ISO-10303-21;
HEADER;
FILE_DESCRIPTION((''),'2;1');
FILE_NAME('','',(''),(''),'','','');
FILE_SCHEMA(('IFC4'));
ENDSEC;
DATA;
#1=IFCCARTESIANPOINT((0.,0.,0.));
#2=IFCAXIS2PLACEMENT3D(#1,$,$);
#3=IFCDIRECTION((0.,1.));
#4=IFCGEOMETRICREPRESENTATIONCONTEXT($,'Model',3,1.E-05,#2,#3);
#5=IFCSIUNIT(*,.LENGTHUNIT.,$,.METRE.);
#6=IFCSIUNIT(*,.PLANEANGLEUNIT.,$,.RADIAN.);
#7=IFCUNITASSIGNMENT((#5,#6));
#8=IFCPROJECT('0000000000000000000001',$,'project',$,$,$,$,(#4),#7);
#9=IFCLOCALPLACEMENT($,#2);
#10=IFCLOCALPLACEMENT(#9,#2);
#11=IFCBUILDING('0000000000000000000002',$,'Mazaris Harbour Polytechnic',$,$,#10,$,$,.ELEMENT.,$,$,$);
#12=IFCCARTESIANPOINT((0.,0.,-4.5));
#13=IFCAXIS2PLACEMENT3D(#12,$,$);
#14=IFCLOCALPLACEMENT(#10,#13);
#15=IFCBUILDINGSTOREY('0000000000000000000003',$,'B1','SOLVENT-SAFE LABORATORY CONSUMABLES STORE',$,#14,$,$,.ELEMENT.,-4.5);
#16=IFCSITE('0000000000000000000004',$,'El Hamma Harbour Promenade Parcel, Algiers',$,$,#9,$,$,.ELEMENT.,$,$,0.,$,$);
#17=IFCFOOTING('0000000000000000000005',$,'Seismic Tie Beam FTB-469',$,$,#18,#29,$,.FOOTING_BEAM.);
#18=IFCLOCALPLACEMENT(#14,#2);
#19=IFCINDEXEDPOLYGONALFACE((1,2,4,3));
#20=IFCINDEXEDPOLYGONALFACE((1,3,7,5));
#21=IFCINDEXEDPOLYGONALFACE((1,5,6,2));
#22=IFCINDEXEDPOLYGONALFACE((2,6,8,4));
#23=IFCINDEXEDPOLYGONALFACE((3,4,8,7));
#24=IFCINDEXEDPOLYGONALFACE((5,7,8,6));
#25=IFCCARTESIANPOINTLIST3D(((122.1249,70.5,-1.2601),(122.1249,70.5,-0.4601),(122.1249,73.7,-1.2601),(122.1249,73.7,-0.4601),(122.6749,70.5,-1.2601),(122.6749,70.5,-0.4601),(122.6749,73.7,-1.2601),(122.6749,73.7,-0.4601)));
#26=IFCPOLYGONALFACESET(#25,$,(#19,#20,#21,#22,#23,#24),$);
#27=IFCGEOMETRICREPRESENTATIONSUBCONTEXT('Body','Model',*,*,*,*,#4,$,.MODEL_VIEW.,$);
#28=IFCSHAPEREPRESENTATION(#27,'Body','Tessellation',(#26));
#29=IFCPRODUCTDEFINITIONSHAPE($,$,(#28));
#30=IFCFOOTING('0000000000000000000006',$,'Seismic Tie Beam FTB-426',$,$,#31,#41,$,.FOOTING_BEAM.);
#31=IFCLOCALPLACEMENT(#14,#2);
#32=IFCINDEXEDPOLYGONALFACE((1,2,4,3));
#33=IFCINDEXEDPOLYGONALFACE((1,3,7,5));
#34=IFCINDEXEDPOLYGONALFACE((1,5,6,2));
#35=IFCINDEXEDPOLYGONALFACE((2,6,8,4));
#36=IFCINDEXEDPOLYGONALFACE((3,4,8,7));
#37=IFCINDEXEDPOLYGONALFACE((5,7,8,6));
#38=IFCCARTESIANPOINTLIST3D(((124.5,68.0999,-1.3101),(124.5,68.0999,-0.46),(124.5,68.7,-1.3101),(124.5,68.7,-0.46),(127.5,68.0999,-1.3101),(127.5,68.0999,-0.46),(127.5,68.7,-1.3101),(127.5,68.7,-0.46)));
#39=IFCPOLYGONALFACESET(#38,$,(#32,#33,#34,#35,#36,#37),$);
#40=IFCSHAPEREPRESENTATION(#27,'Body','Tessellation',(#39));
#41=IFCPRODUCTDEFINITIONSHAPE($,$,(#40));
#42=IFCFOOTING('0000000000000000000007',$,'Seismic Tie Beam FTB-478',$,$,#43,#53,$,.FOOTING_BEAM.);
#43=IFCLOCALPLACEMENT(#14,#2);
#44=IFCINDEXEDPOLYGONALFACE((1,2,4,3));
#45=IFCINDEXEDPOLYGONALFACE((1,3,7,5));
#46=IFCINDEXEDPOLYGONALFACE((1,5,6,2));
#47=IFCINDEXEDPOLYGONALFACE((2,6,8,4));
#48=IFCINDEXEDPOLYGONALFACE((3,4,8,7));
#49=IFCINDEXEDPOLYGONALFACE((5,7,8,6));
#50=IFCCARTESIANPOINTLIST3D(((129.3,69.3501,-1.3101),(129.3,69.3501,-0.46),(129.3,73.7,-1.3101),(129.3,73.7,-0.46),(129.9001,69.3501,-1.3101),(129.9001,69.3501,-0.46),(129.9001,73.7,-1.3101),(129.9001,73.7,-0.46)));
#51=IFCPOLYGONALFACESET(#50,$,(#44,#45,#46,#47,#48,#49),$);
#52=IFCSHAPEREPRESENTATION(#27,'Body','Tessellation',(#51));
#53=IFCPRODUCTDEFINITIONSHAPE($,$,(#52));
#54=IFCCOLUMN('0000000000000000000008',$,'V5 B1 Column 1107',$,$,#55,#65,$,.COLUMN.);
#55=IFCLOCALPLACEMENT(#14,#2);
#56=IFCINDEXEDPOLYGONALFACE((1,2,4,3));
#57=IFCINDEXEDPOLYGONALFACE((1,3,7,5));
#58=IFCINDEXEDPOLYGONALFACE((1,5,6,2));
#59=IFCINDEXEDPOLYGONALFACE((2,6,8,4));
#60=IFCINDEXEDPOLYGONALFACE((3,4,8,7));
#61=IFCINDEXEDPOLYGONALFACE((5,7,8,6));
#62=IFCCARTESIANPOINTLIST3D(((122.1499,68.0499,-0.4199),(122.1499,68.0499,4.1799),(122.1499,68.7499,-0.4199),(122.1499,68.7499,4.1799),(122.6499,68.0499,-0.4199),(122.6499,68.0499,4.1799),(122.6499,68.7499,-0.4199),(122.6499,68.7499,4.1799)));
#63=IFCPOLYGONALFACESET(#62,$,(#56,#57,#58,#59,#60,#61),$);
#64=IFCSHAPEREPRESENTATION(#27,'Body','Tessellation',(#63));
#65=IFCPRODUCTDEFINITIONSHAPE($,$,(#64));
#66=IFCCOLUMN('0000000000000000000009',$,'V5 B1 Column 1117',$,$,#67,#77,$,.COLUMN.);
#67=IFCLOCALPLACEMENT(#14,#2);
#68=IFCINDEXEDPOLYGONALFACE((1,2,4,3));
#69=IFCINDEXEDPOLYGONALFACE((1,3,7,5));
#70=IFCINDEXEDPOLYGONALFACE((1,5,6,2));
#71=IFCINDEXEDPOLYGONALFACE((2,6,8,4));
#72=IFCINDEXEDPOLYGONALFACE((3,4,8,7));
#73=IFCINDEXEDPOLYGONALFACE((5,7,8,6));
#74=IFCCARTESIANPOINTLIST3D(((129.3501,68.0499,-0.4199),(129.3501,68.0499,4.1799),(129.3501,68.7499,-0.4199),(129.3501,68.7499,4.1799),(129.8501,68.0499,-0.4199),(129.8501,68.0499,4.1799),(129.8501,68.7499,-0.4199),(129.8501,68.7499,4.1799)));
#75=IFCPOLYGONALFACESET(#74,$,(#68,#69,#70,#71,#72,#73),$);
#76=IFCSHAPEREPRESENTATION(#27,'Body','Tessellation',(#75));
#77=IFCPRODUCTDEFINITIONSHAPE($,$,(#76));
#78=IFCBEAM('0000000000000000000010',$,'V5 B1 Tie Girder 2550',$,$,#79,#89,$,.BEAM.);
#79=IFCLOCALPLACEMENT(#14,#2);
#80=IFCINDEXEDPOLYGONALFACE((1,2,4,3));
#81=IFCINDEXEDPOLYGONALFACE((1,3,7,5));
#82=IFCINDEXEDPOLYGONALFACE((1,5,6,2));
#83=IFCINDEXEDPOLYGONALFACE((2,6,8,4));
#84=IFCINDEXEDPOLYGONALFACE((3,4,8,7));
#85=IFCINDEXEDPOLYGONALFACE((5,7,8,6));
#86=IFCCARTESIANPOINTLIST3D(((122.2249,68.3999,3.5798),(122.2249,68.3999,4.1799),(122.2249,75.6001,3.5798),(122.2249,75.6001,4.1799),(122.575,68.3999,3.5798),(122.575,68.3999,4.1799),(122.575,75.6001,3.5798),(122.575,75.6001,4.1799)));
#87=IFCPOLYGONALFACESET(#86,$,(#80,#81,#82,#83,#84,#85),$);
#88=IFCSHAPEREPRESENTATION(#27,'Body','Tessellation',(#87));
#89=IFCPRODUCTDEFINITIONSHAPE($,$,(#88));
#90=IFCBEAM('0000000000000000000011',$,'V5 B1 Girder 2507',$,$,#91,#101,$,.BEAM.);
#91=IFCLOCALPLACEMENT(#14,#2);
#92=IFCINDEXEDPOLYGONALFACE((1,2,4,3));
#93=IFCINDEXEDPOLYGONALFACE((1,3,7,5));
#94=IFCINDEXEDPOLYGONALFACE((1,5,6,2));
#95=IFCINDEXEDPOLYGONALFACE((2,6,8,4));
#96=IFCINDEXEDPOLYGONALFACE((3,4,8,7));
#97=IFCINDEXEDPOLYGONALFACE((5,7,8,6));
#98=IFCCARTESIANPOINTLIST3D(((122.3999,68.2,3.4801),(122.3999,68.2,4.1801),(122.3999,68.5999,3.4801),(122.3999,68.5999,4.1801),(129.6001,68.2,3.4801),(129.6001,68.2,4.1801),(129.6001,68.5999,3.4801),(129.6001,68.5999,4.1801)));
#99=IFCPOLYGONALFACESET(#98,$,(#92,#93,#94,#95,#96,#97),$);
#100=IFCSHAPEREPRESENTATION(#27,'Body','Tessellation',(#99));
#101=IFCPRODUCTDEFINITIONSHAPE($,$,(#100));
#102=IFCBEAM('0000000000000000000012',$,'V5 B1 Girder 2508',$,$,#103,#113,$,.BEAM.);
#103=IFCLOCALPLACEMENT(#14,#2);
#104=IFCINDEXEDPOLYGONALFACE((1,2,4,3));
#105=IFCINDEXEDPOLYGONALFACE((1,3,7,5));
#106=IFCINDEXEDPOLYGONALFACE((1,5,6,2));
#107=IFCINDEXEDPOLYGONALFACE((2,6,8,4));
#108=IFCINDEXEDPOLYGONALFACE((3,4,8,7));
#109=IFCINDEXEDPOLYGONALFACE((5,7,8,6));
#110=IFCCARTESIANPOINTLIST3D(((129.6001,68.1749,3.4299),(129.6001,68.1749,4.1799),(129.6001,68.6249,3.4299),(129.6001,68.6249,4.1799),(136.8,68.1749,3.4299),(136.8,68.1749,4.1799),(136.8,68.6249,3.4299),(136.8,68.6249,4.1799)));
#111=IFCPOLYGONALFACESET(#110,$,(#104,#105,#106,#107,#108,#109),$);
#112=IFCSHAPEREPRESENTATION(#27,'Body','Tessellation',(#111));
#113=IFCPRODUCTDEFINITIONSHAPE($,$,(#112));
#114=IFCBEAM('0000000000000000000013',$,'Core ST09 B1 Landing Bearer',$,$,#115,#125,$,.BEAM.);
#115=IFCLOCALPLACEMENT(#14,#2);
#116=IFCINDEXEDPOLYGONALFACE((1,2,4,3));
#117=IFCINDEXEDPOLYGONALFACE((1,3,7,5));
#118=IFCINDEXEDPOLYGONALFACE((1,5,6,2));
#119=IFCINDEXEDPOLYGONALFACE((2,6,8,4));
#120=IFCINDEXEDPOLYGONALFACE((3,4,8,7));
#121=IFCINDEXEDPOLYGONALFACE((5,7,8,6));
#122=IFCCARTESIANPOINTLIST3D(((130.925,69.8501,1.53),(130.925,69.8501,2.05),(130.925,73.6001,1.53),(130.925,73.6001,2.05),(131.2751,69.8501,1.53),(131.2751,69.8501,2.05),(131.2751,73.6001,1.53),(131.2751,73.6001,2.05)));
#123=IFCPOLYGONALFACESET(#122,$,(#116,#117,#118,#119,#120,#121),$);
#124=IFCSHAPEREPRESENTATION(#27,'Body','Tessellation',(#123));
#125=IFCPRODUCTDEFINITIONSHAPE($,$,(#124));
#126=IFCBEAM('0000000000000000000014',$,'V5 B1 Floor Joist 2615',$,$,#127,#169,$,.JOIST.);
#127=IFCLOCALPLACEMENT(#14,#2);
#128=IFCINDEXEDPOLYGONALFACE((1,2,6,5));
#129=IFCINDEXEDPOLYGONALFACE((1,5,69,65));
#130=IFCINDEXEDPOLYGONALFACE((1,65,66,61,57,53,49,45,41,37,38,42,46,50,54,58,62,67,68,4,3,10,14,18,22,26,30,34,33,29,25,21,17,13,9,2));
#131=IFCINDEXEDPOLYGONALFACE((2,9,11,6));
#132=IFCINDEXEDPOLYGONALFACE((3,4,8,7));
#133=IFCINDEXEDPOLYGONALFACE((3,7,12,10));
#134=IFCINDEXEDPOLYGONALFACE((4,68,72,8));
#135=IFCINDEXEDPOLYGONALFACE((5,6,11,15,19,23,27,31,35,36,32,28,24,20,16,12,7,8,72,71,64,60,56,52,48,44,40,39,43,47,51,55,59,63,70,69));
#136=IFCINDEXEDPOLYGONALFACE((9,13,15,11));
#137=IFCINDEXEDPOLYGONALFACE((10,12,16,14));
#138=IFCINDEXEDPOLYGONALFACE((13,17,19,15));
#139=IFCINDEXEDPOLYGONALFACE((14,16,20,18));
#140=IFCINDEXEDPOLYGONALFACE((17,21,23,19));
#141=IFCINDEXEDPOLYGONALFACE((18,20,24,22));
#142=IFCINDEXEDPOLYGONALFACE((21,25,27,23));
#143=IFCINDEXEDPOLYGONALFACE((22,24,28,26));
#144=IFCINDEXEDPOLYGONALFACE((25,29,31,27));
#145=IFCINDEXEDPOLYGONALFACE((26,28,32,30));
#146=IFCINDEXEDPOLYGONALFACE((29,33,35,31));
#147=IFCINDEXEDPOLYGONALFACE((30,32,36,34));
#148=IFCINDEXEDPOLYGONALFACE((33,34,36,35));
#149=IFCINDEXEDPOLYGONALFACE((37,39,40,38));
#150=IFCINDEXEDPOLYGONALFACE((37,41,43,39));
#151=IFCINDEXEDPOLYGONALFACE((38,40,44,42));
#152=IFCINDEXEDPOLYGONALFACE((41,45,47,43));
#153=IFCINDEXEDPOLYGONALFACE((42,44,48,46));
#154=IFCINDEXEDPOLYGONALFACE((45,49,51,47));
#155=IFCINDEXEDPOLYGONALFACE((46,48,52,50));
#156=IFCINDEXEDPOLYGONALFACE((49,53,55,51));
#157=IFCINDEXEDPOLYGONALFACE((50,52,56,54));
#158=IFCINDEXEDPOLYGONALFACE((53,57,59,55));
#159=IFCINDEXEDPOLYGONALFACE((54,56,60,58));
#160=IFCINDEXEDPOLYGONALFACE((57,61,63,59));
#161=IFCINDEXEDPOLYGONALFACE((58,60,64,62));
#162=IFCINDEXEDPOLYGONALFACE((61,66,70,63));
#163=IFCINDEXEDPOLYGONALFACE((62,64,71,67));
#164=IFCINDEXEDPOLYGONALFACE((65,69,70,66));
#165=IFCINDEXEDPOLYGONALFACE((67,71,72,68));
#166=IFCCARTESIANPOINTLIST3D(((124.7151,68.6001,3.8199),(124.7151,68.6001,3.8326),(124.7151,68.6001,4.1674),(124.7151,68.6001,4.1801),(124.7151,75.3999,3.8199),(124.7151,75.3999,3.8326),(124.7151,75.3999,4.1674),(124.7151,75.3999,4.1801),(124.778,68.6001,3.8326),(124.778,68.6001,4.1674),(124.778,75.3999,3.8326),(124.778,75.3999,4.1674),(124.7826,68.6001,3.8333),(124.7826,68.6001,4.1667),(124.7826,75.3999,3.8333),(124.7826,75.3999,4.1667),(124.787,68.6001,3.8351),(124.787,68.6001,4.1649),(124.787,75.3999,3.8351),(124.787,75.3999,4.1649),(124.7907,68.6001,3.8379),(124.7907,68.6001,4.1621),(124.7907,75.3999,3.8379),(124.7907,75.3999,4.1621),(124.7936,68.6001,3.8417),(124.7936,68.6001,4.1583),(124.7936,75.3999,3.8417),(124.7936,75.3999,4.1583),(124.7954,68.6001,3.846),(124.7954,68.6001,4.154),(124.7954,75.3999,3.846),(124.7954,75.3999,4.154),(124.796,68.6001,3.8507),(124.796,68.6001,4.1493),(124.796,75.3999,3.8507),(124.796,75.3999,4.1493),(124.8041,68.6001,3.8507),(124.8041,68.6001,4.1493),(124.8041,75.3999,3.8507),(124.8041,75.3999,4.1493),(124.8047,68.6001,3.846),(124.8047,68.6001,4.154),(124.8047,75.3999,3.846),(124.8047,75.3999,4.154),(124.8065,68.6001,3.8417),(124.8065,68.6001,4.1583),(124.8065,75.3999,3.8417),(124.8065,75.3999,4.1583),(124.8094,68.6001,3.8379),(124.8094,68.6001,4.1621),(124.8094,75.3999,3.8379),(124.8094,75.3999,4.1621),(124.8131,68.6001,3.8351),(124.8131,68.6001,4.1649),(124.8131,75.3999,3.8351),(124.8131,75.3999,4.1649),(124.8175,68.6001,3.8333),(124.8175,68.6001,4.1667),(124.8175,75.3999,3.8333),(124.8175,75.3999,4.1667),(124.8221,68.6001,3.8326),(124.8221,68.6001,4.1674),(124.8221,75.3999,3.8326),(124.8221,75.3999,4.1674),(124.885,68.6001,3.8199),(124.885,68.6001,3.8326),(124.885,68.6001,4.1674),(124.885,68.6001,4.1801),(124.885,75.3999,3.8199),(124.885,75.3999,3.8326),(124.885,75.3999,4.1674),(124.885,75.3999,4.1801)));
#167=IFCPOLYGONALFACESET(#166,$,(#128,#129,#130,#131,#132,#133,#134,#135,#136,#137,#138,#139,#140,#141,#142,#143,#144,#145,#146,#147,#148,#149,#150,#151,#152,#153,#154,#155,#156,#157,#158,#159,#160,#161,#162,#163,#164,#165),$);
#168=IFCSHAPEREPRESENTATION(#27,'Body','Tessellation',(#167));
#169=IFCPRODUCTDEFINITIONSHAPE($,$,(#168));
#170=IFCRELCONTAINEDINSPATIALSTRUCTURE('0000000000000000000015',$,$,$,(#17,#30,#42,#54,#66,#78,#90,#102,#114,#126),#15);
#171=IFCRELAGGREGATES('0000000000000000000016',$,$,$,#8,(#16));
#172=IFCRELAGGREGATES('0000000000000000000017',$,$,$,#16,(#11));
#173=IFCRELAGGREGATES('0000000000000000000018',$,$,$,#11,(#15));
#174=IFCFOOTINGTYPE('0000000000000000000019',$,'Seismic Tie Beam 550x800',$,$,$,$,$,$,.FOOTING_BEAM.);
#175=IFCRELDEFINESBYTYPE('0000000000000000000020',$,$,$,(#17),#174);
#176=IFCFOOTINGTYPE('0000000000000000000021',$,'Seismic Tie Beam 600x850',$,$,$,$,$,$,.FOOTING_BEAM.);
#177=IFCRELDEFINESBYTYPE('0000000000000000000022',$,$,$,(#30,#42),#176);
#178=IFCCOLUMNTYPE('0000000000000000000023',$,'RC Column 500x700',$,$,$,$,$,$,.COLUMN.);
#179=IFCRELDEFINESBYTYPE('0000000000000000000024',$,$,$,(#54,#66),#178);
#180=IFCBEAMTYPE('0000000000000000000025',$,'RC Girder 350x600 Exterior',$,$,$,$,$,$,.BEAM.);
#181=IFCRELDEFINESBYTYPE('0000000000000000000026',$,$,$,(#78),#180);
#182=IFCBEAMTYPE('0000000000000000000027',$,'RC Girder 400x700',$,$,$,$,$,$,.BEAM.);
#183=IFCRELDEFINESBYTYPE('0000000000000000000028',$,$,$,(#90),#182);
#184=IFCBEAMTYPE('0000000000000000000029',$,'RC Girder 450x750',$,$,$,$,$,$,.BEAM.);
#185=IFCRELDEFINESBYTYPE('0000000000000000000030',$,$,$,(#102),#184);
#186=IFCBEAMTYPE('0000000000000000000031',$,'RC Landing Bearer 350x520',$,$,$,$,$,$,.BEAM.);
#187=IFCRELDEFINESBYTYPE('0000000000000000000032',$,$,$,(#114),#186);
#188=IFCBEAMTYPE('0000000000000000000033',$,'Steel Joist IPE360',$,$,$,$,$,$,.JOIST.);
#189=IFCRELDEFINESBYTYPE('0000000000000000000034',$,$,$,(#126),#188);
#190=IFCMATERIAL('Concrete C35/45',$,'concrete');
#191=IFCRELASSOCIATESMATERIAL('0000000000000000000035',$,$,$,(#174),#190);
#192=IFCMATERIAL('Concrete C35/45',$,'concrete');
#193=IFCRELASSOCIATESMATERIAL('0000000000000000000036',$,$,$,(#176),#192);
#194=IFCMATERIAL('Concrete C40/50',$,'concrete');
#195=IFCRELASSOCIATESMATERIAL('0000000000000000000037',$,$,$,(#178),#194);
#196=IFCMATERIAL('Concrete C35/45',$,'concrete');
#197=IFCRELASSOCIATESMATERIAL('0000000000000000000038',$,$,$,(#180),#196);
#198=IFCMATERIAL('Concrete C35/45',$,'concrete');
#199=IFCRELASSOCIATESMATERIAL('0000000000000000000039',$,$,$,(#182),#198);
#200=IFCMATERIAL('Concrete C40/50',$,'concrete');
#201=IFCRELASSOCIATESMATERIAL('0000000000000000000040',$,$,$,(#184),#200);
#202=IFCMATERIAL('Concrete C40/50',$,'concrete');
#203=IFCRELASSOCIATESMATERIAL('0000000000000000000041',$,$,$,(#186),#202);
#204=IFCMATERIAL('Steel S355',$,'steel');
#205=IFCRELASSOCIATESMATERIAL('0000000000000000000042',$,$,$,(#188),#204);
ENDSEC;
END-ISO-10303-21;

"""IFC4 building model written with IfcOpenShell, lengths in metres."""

from ifc_helpers import new_model, si_unit, direction, frame, origin, origin_2d, place, context, subcontext, project, spatial, rectangle, i_section, extrude, material, material_profile, profile_set, type_object, element, save


model = new_model("IFC4")

# Units and contexts
model_context = context("Model", 3, precision=1e-05, world=origin(), true_north=direction((0.0, 1.0)))
body_context = subcontext(model_context, "Body", "Model", "MODEL_VIEW")
ifc_project = project(units=[si_unit("LENGTHUNIT", "METRE"), si_unit("PLANEANGLEUNIT", "RADIAN")], contexts=[model_context])

# Site, building, storey
site_placement = place(None, origin())
site = spatial("IfcSite", under=ifc_project, at=site_placement, Name="El Hamma Harbour Promenade Parcel, Algiers", CompositionType="ELEMENT", RefElevation=0.0)
building_placement = place(site_placement, origin())
building = spatial("IfcBuilding", under=site, at=building_placement, Name="Mazaris Harbour Polytechnic", CompositionType="ELEMENT")
storey_placement = place(building_placement, frame((0.0, 0.0, -4.5)))
storey = spatial("IfcBuildingStorey", under=building, at=storey_placement, Name="B1", Description="SOLVENT-SAFE LABORATORY CONSUMABLES STORE", CompositionType="ELEMENT", Elevation=-4.5)

# Footings
ifc_material_1 = material(Name="Concrete C35/45", Category="concrete")
ifc_material_profile_1 = material_profile(ifc_material_1, rectangle(XDim=0.55, YDim=0.8, at=origin_2d()), Name="RECT550x800")
ifc_profile_set_1 = profile_set([ifc_material_profile_1], Name="Concrete C35/45")
footing_type_1 = type_object("IfcFootingType", Name="Seismic Tie Beam 550x800", PredefinedType="FOOTING_BEAM", material=ifc_profile_set_1)
footing_1_placement = place(storey_placement, frame((122.3999, 70.5, -0.8601), z_axis=(0.0, 1.0, 0.0), x_axis=(-1.0, 0.0, 0.0)))
element("IfcFooting", 1, at=footing_1_placement, inside=storey, type_object=footing_type_1, Name="Seismic Tie Beam FTB-469", PredefinedType="FOOTING_BEAM", context=body_context, shape_type="SweptSolid", body=[
    extrude(rectangle(XDim=0.55, YDim=0.8, at=origin_2d()), origin(), (0.0, 0.0, 1.0), 3.2),
])
ifc_material_2 = material(Name="Concrete C35/45", Category="concrete")
ifc_material_profile_2 = material_profile(ifc_material_2, rectangle(XDim=0.6001, YDim=0.8501, at=origin_2d()), Name="RECT600x850")
ifc_profile_set_2 = profile_set([ifc_material_profile_2], Name="Concrete C35/45")
footing_type_2 = type_object("IfcFootingType", Name="Seismic Tie Beam 600x850", PredefinedType="FOOTING_BEAM", material=ifc_profile_set_2)
footing_2_placement = place(storey_placement, frame((124.5, 68.3999, -0.885), z_axis=(1.0, 0.0, 0.0), x_axis=(0.0, 1.0, 0.0)))
element("IfcFooting", 2, at=footing_2_placement, inside=storey, type_object=footing_type_2, Name="Seismic Tie Beam FTB-426", PredefinedType="FOOTING_BEAM", context=body_context, shape_type="SweptSolid", body=[
    extrude(rectangle(XDim=0.6001, YDim=0.8501, at=origin_2d()), origin(), (0.0, 0.0, 1.0), 3.0),
])
footing_3_placement = place(storey_placement, frame((129.6001, 69.3501, -0.885), z_axis=(0.0, 1.0, 0.0), x_axis=(-1.0, 0.0, 0.0)))
element("IfcFooting", 3, at=footing_3_placement, inside=storey, type_object=footing_type_2, Name="Seismic Tie Beam FTB-478", PredefinedType="FOOTING_BEAM", context=body_context, shape_type="SweptSolid", body=[
    extrude(rectangle(XDim=0.6001, YDim=0.8501, at=origin_2d()), origin(), (0.0, 0.0, 1.0), 4.3499),
])

# Columns
ifc_material_3 = material(Name="Concrete C40/50", Category="concrete")
ifc_material_profile_3 = material_profile(ifc_material_3, rectangle(XDim=0.5, YDim=0.7, at=origin_2d()), Name="RECT500x700")
ifc_profile_set_3 = profile_set([ifc_material_profile_3], Name="Concrete C40/50")
column_type = type_object("IfcColumnType", Name="RC Column 500x700", PredefinedType="COLUMN", material=ifc_profile_set_3)
for number, where, z_axis, x_axis, name in (
    (4, (122.3999, 68.3999, -0.4199), (0.0, 0.0, 1.0), (1.0, 0.0, 0.0), "V5 B1 Column 1107"),
    (5, (129.6001, 68.3999, -0.4199), (0.0, 0.0, 1.0), (1.0, 0.0, 0.0), "V5 B1 Column 1117"),
):
    element("IfcColumn", number, at=place(storey_placement, frame(where, z_axis=z_axis, x_axis=x_axis)), inside=storey, type_object=column_type, Name=name, PredefinedType="COLUMN", context=body_context, shape_type="SweptSolid", body=[
        extrude(rectangle(XDim=0.5, YDim=0.7, at=origin_2d()), origin(), (0.0, 0.0, 1.0), 4.5999),
    ])

# Beams
ifc_material_4 = material(Name="Concrete C35/45", Category="concrete")
ifc_material_profile_4 = material_profile(ifc_material_4, rectangle(XDim=0.3501, YDim=0.6001, at=origin_2d()), Name="RECT350x600")
ifc_profile_set_4 = profile_set([ifc_material_profile_4], Name="Concrete C35/45")
beam_type_1 = type_object("IfcBeamType", Name="RC Girder 350x600 Exterior", PredefinedType="BEAM", material=ifc_profile_set_4)
beam_1_placement = place(storey_placement, frame((122.3999, 68.3999, 3.8799), z_axis=(0.0, 1.0, 0.0), x_axis=(-1.0, 0.0, 0.0)))
element("IfcBeam", 6, at=beam_1_placement, inside=storey, type_object=beam_type_1, Name="V5 B1 Tie Girder 2550", PredefinedType="BEAM", context=body_context, shape_type="SweptSolid", body=[
    extrude(rectangle(XDim=0.3501, YDim=0.6001, at=origin_2d()), origin(), (0.0, 0.0, 1.0), 7.2002),
])
ifc_material_5 = material(Name="Concrete C35/45", Category="concrete")
ifc_material_profile_5 = material_profile(ifc_material_5, rectangle(XDim=0.3999, YDim=0.7, at=origin_2d()), Name="RECT400x700")
ifc_profile_set_5 = profile_set([ifc_material_profile_5], Name="Concrete C35/45")
beam_type_2 = type_object("IfcBeamType", Name="RC Girder 400x700", PredefinedType="BEAM", material=ifc_profile_set_5)
beam_2_placement = place(storey_placement, frame((122.3999, 68.3999, 3.8301), z_axis=(1.0, 0.0, 0.0), x_axis=(0.0, 1.0, 0.0)))
element("IfcBeam", 7, at=beam_2_placement, inside=storey, type_object=beam_type_2, Name="V5 B1 Girder 2507", PredefinedType="BEAM", context=body_context, shape_type="SweptSolid", body=[
    extrude(rectangle(XDim=0.3999, YDim=0.7, at=origin_2d()), origin(), (0.0, 0.0, 1.0), 7.2002),
])
ifc_material_6 = material(Name="Concrete C40/50", Category="concrete")
ifc_material_profile_6 = material_profile(ifc_material_6, rectangle(XDim=0.45, YDim=0.75, at=origin_2d()), Name="RECT450x750")
ifc_profile_set_6 = profile_set([ifc_material_profile_6], Name="Concrete C40/50")
beam_type_3 = type_object("IfcBeamType", Name="RC Girder 450x750", PredefinedType="BEAM", material=ifc_profile_set_6)
beam_3_placement = place(storey_placement, frame((129.6001, 68.3999, 3.8049), z_axis=(1.0, 0.0, 0.0), x_axis=(0.0, 1.0, 0.0)))
element("IfcBeam", 8, at=beam_3_placement, inside=storey, type_object=beam_type_3, Name="V5 B1 Girder 2508", PredefinedType="BEAM", context=body_context, shape_type="SweptSolid", body=[
    extrude(rectangle(XDim=0.45, YDim=0.75, at=origin_2d()), origin(), (0.0, 0.0, 1.0), 7.2),
])
ifc_material_7 = material(Name="Concrete C40/50", Category="concrete")
ifc_material_profile_7 = material_profile(ifc_material_7, rectangle(XDim=0.3501, YDim=0.52, at=origin_2d()), Name="RECT350x520")
ifc_profile_set_7 = profile_set([ifc_material_profile_7], Name="Concrete C40/50")
beam_type_4 = type_object("IfcBeamType", Name="RC Landing Bearer 350x520", PredefinedType="BEAM", material=ifc_profile_set_7)
beam_4_placement = place(storey_placement, frame((131.1001, 69.8501, 1.79), z_axis=(0.0, 1.0, 0.0), x_axis=(-1.0, 0.0, 0.0)))
element("IfcBeam", 9, at=beam_4_placement, inside=storey, type_object=beam_type_4, Name="Core ST09 B1 Landing Bearer", PredefinedType="BEAM", context=body_context, shape_type="SweptSolid", body=[
    extrude(rectangle(XDim=0.3501, YDim=0.52, at=origin_2d()), origin(), (0.0, 0.0, 1.0), 3.75),
])
ifc_material_8 = material(Name="Steel S355", Category="steel")
ifc_material_profile_8 = material_profile(ifc_material_8, i_section(OverallWidth=0.1699, OverallDepth=0.3601, WebThickness=0.0081, FlangeThickness=0.0127, FilletRadius=0.0181, at=origin_2d()), Name="IPE 360")
ifc_profile_set_8 = profile_set([ifc_material_profile_8], Name="Steel S355")
beam_type_5 = type_object("IfcBeamType", Name="Steel Joist IPE360", PredefinedType="JOIST", material=ifc_profile_set_8)
beam_5_placement = place(storey_placement, frame((124.8, 68.6001, 4.0), z_axis=(0.0, 1.0, 0.0), x_axis=(-1.0, 0.0, 0.0)))
element("IfcBeam", 10, at=beam_5_placement, inside=storey, type_object=beam_type_5, Name="V5 B1 Floor Joist 2615", PredefinedType="JOIST", context=body_context, shape_type="SweptSolid", body=[
    extrude(i_section(OverallWidth=0.1699, OverallDepth=0.3601, WebThickness=0.0081, FlangeThickness=0.0127, FilletRadius=0.0181, at=origin_2d()), origin(), (0.0, 0.0, 1.0), 6.7998),
])

save(model, "model.ifc")
